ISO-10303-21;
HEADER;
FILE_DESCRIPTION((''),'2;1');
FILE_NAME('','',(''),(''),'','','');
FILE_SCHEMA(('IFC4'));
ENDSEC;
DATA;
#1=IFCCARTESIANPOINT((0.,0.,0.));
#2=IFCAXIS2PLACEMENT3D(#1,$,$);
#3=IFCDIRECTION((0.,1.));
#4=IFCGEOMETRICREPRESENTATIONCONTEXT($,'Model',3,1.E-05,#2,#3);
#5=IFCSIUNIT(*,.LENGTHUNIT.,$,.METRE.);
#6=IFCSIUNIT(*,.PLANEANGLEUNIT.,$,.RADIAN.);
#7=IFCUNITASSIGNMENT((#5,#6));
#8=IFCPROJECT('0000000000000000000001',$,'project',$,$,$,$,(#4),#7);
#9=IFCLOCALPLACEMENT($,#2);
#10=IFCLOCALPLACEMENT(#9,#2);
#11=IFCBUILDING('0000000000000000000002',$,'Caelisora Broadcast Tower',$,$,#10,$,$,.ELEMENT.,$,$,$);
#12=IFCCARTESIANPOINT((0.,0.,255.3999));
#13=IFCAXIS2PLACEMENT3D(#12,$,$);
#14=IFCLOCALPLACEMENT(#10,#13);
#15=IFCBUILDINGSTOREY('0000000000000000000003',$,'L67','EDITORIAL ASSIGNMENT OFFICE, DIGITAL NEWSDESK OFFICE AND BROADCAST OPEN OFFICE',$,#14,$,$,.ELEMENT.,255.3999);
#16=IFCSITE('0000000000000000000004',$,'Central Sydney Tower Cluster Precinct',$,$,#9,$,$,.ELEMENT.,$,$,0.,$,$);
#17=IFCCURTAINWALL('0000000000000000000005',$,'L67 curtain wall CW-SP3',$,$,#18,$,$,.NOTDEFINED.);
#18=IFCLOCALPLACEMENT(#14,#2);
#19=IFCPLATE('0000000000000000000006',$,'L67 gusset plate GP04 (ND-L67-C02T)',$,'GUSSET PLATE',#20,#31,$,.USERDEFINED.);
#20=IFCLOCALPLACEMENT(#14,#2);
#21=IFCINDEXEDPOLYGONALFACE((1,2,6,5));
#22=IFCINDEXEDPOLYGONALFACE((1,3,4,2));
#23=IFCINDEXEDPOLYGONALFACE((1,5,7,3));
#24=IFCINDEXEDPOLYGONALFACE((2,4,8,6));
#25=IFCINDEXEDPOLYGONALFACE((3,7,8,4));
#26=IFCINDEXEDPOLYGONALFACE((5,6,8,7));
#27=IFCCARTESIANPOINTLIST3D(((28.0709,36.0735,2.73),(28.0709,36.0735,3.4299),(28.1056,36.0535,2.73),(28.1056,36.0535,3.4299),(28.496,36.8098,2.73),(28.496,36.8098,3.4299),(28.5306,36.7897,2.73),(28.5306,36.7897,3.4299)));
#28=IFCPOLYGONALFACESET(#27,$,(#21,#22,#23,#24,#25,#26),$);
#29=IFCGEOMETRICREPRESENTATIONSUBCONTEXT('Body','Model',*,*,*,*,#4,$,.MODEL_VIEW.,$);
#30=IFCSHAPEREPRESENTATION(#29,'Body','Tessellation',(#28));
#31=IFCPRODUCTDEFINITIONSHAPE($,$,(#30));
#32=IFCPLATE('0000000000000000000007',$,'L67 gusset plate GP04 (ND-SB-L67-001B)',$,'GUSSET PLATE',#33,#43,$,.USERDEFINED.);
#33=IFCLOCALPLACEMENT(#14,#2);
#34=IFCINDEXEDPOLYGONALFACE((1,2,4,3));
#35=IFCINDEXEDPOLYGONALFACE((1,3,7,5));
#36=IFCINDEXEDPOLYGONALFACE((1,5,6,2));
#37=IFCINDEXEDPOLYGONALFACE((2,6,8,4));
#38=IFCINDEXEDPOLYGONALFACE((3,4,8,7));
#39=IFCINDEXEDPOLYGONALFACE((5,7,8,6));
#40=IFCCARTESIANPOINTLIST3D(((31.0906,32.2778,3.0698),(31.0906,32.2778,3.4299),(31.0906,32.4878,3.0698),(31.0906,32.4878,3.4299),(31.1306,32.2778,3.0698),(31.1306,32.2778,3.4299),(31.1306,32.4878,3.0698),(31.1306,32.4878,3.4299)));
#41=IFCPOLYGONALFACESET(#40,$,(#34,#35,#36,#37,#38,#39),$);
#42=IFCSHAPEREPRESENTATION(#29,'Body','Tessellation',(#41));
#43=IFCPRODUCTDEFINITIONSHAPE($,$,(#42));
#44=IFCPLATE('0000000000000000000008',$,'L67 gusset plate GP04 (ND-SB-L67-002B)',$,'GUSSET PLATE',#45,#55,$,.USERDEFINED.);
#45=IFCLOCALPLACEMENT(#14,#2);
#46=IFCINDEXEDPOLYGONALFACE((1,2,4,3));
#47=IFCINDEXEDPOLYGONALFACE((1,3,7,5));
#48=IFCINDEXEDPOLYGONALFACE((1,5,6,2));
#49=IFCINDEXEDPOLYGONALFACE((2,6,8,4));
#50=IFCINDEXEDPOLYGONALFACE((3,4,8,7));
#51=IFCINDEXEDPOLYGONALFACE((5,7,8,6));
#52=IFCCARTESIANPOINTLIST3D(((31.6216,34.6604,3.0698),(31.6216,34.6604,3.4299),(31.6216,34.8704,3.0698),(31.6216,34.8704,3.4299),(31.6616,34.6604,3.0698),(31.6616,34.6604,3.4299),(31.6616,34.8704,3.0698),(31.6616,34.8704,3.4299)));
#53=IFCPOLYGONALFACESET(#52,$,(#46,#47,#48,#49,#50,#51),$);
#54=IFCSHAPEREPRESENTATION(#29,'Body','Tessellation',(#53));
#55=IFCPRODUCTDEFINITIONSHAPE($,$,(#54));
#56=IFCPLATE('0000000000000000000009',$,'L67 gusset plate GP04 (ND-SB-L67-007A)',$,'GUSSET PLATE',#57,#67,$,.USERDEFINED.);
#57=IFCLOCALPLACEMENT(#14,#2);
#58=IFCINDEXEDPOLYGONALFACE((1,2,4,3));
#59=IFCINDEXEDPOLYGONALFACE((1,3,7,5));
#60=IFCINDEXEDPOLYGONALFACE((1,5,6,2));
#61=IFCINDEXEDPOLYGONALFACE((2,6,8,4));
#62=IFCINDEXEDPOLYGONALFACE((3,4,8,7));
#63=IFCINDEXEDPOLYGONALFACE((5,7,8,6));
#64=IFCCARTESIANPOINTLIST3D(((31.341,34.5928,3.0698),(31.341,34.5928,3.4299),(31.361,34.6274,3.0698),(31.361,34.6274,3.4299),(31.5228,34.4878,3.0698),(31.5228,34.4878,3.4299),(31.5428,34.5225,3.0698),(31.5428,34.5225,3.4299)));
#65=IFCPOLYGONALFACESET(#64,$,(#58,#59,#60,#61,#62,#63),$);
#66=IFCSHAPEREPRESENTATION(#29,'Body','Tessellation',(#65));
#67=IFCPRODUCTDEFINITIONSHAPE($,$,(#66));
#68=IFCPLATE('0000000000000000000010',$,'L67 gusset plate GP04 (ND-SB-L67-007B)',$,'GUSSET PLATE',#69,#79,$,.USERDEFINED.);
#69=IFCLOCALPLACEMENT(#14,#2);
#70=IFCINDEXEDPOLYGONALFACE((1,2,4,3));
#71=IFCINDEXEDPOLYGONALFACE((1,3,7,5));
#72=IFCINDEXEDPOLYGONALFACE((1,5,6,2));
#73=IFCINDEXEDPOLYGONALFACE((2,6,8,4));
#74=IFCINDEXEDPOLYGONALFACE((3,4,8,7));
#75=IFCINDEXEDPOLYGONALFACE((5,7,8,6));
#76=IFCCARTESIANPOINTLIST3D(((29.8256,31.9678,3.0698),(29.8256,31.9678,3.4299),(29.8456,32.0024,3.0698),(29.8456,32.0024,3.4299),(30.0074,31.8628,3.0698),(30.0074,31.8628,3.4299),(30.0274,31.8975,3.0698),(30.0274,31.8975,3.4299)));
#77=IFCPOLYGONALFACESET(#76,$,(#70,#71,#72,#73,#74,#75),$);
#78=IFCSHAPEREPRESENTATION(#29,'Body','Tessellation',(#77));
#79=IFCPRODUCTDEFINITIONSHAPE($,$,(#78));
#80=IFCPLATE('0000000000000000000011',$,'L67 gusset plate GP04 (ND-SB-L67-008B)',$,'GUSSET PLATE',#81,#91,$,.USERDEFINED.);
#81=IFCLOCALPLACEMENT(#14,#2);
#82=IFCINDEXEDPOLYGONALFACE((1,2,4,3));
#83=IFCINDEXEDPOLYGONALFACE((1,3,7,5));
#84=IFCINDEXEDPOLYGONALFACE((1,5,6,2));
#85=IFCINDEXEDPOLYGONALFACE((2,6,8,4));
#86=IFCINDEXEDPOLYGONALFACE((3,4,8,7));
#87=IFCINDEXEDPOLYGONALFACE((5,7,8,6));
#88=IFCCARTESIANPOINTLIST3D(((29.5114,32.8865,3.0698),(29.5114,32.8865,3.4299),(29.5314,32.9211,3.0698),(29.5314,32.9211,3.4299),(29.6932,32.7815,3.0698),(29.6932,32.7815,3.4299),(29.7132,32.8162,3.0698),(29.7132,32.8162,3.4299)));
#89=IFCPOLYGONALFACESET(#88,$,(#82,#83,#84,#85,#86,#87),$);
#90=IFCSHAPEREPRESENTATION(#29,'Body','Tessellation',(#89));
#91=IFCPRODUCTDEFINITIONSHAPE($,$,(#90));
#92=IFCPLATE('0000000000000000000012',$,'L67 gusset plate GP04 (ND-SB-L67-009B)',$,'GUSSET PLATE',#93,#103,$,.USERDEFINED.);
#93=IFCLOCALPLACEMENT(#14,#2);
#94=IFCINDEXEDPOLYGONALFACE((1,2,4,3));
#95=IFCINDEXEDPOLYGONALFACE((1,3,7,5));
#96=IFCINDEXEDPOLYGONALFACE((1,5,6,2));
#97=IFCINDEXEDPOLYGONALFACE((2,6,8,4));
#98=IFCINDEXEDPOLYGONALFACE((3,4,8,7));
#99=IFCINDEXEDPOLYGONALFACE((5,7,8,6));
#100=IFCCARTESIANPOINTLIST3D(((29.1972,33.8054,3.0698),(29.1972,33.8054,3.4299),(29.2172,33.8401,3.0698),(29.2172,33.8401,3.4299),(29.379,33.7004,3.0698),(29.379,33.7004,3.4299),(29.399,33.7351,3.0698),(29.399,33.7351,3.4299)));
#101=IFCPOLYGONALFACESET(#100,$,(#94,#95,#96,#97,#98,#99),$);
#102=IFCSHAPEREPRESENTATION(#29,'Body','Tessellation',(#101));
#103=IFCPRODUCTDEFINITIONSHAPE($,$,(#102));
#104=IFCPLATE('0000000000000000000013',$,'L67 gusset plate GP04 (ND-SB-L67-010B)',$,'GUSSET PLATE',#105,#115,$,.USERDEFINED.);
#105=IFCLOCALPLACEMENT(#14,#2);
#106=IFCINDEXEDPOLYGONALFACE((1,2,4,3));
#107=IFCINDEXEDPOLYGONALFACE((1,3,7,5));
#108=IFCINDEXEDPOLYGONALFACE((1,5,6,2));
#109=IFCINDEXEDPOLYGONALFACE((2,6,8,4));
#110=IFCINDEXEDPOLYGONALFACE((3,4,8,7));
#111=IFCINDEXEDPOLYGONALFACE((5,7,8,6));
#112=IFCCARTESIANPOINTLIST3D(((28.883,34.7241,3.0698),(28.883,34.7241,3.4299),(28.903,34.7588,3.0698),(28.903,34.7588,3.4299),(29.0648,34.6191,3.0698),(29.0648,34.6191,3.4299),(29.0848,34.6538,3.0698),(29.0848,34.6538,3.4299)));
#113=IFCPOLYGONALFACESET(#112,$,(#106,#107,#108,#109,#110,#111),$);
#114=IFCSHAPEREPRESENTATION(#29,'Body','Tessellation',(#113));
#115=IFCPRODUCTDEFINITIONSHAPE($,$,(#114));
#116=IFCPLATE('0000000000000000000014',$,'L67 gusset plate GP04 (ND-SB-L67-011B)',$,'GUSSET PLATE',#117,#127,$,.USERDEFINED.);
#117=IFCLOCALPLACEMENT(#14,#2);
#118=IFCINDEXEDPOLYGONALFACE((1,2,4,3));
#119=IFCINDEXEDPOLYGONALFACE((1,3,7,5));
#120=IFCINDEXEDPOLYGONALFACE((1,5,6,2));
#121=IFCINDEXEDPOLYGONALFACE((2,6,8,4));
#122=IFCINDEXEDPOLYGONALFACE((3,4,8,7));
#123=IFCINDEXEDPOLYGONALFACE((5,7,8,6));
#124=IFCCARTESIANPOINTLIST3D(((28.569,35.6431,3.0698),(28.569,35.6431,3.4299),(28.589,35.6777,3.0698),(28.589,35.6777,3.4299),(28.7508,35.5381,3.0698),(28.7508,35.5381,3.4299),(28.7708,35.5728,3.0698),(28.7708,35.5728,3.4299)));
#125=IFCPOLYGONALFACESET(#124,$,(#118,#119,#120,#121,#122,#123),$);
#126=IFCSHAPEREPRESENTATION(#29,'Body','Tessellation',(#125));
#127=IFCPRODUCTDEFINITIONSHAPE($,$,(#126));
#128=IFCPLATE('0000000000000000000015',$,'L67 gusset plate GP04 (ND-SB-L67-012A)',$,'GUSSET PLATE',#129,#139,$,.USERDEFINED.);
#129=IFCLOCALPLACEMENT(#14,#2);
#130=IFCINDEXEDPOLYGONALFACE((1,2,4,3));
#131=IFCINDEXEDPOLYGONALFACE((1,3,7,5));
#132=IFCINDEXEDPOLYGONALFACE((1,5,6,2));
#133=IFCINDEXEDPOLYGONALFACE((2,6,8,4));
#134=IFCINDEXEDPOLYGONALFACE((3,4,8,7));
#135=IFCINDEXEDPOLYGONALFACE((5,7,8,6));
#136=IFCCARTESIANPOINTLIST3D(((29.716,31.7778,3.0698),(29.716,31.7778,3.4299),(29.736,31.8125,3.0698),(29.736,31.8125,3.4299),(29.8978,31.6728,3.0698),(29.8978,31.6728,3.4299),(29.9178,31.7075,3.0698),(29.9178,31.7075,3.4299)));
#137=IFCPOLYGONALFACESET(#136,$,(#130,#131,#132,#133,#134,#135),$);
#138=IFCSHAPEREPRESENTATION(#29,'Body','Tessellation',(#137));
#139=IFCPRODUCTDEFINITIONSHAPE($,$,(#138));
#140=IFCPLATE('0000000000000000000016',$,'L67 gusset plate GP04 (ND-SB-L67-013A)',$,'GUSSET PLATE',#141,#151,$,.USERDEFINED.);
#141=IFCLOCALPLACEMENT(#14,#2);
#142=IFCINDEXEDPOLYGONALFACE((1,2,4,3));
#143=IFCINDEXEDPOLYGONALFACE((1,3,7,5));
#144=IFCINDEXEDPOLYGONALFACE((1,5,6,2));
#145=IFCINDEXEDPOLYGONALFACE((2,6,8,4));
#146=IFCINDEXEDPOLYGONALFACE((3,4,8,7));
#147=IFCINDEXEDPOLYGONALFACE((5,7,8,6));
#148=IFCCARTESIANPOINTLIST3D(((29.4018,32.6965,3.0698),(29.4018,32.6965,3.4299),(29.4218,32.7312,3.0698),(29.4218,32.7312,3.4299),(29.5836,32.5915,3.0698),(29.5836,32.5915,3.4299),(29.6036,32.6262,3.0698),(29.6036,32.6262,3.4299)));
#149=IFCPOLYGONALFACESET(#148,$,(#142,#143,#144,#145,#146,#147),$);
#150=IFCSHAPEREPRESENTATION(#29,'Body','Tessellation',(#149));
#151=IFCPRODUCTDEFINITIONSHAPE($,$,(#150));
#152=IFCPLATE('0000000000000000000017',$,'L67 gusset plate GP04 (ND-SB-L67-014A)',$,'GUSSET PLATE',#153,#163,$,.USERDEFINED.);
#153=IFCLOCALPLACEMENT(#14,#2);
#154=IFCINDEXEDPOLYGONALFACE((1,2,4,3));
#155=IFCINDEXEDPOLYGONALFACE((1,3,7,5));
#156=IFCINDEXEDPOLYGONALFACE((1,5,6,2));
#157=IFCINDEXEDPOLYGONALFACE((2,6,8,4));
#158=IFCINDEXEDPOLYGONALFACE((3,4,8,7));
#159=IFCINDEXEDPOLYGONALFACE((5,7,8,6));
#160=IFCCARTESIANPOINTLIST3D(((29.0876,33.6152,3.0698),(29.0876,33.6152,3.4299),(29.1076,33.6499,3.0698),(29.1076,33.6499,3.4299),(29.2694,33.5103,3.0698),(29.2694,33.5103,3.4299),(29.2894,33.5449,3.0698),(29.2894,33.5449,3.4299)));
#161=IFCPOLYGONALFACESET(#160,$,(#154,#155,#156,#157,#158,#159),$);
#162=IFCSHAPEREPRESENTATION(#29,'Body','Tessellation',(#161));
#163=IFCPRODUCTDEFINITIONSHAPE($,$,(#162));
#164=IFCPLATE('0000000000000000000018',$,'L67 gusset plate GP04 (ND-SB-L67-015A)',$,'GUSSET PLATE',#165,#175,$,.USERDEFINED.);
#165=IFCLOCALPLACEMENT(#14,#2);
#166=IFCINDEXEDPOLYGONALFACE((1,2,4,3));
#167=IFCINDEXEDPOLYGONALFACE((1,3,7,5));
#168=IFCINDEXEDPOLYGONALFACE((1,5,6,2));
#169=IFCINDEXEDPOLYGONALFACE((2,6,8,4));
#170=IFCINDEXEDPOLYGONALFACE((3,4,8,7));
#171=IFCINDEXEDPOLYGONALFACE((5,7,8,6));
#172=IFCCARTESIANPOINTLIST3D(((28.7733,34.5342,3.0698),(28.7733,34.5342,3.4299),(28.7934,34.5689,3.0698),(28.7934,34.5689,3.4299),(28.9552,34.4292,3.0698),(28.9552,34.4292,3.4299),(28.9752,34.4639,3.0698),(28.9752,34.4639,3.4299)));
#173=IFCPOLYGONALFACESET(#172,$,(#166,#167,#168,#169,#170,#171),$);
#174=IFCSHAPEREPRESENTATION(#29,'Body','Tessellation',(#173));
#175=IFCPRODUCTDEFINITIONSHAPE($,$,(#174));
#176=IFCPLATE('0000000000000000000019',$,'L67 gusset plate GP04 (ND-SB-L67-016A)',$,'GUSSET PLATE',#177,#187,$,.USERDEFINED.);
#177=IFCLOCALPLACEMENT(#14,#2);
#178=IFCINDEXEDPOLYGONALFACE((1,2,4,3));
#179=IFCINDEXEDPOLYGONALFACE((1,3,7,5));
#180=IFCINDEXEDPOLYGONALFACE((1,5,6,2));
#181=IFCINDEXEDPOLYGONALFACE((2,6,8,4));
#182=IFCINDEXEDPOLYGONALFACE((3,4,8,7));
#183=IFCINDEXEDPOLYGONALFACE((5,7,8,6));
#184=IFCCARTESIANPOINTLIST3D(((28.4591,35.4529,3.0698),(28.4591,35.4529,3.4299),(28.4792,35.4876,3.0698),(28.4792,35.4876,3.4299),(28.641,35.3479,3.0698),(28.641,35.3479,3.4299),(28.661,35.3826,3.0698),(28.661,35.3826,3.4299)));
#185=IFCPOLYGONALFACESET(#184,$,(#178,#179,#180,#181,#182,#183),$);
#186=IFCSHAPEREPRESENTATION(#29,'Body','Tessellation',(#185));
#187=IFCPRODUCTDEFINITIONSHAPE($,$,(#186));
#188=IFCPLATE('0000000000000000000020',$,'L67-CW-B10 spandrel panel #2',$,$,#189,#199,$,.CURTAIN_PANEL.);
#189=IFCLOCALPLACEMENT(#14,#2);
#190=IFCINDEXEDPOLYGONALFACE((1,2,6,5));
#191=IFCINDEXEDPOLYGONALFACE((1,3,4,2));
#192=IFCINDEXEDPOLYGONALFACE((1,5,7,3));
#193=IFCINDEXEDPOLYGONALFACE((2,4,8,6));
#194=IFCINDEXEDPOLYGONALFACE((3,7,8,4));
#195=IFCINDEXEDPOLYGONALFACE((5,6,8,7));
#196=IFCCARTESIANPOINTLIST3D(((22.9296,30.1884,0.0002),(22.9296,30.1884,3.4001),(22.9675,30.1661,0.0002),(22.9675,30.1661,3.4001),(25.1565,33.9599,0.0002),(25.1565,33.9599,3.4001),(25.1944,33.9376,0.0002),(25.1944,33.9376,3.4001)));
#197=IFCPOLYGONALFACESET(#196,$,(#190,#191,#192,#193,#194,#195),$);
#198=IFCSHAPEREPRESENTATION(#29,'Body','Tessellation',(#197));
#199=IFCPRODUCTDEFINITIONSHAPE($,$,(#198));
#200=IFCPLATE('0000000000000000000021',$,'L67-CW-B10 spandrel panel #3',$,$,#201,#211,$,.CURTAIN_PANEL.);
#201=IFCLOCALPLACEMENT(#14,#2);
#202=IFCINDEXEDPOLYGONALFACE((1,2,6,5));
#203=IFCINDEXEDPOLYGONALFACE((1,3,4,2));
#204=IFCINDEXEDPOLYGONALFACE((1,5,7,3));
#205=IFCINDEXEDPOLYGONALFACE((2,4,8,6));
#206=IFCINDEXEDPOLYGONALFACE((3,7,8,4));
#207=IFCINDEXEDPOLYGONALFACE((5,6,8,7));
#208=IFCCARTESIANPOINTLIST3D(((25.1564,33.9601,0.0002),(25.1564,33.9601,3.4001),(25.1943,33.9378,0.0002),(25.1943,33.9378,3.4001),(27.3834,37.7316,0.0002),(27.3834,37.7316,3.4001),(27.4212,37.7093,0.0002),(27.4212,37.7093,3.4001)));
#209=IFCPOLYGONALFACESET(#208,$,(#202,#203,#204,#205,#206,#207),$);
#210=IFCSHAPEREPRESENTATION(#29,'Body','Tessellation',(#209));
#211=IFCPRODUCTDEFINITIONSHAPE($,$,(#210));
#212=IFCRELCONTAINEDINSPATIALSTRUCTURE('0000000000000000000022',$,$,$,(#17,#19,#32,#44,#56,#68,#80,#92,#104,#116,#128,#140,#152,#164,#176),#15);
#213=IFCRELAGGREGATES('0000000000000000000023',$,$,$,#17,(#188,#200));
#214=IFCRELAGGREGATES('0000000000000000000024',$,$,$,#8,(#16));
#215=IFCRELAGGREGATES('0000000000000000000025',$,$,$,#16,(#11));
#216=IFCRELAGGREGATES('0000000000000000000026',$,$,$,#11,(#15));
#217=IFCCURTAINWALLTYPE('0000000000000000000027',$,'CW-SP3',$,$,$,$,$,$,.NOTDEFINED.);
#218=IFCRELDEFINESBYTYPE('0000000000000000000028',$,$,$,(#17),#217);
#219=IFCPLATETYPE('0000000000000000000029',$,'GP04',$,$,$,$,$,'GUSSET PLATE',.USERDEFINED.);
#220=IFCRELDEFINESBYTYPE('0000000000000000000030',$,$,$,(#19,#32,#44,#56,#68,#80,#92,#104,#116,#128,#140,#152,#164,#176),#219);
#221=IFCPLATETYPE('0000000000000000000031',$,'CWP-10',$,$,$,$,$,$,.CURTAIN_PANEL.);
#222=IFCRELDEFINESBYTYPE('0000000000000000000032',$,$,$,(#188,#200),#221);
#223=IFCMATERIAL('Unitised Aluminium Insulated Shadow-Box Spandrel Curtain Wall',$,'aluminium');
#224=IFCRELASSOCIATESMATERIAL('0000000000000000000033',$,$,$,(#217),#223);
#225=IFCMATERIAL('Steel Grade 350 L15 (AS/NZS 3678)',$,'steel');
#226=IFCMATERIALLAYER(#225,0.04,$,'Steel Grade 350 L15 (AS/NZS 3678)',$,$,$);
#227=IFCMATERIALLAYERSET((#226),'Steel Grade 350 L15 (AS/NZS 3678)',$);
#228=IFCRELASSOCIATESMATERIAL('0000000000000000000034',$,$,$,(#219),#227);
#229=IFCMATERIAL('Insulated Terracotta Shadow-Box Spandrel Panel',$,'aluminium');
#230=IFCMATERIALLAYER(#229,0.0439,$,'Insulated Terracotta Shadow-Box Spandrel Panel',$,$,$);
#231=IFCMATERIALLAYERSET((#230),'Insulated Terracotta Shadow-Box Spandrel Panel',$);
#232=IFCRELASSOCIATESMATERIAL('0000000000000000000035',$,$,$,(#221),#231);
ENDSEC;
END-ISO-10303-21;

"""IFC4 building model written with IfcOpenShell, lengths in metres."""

from ifc_helpers import new_model, si_unit, direction, frame, origin, origin_2d, place, context, subcontext, project, spatial, rectangle, extrude, source, transform, mapped, material, layer, layer_set, type_object, type_shapes, element, aggregate, save


model = new_model("IFC4")

# Units and contexts
model_context = context("Model", 3, precision=1e-05, world=origin(), true_north=direction((0.0, 1.0)))
body_context = subcontext(model_context, "Body", "Model", "MODEL_VIEW")
ifc_project = project(units=[si_unit("LENGTHUNIT", "METRE"), si_unit("PLANEANGLEUNIT", "RADIAN")], contexts=[model_context])

# Site, building, storey
site_placement = place(None, origin())
site = spatial("IfcSite", under=ifc_project, at=site_placement, Name="Central Sydney Tower Cluster Precinct", CompositionType="ELEMENT", RefElevation=0.0)
building_placement = place(site_placement, origin())
building = spatial("IfcBuilding", under=site, at=building_placement, Name="Caelisora Broadcast Tower", CompositionType="ELEMENT")
storey_placement = place(building_placement, frame((0.0, 0.0, 255.3999)))
storey = spatial("IfcBuildingStorey", under=building, at=storey_placement, Name="L67", Description="EDITORIAL ASSIGNMENT OFFICE, DIGITAL NEWSDESK OFFICE AND BROADCAST OPEN OFFICE", CompositionType="ELEMENT", Elevation=255.3999)

# Curtain wall
ifc_material_1 = material(Name="Unitised Aluminium Insulated Shadow-Box Spandrel Curtain Wall", Category="aluminium")
curtain_wall_type = type_object("IfcCurtainWallType", Name="CW-SP3", PredefinedType="NOTDEFINED", material=ifc_material_1)
curtain_wall_placement = place(storey_placement, origin())
curtain_wall = element("IfcCurtainWall", 1, at=curtain_wall_placement, inside=storey, type_object=curtain_wall_type, Name="L67 curtain wall CW-SP3", PredefinedType="NOTDEFINED")

# Plates
ifc_material_2 = material(Name="Steel Grade 350 L15 (AS/NZS 3678)", Category="steel")
ifc_layer_1 = layer(ifc_material_2, 0.04, Name="Steel Grade 350 L15 (AS/NZS 3678)")
ifc_layer_set_1 = layer_set([ifc_layer_1], Name="Steel Grade 350 L15 (AS/NZS 3678)")
plate_type_1 = type_object("IfcPlateType", Name="GP04", ElementType="GUSSET PLATE", PredefinedType="USERDEFINED", material=ifc_layer_set_1)
shared_shape_1 = source(origin(), body_context, "Body", "SweptSolid", [
    extrude(rectangle(XDim=0.8501, YDim=0.04, at=origin_2d()), origin(), (0.0, 0.0, 1.0), 0.7),
])
plate_1_placement = place(storey_placement, frame((28.3008, 36.4316, 2.73), z_axis=(0.0, 0.0, 1.0), x_axis=(-0.5, -0.866025, 0.0)))
element("IfcPlate", 2, at=plate_1_placement, inside=storey, type_object=plate_type_1, Name="L67 gusset plate GP04 (ND-L67-C02T)", ObjectType="GUSSET PLATE", PredefinedType="USERDEFINED", context=body_context, shape_type="MappedRepresentation", body=[
    mapped(shared_shape_1, transform((0.0, 0.0, 0.0), scale=1.0)),
])
shared_shape_2 = source(origin(), body_context, "Body", "SweptSolid", [
    extrude(rectangle(XDim=0.21, YDim=0.04, at=origin_2d()), origin(), (0.0, 0.0, 1.0), 0.3601),
])
type_shapes(plate_type_1, [shared_shape_1, shared_shape_2])
for number, where, z_axis, x_axis, name in (
    (3, (31.1106, 32.3828, 3.0698), (0.0, 0.0, 1.0), (0.0, -1.0, 0.0), "L67 gusset plate GP04 (ND-SB-L67-001B)"),
    (4, (31.6416, 34.7654, 3.0698), (0.0, 0.0, 1.0), (0.0, -1.0, 0.0), "L67 gusset plate GP04 (ND-SB-L67-002B)"),
    (5, (31.4419, 34.5576, 3.0698), (0.0, 0.0, 1.0), (0.866025, -0.5, 0.0), "L67 gusset plate GP04 (ND-SB-L67-007A)"),
    (6, (29.9265, 31.9326, 3.0698), (0.0, 0.0, 1.0), (0.866025, -0.5, 0.0), "L67 gusset plate GP04 (ND-SB-L67-007B)"),
    (7, (29.6123, 32.8513, 3.0698), (0.0, 0.0, 1.0), (0.866025, -0.5, 0.0), "L67 gusset plate GP04 (ND-SB-L67-008B)"),
    (8, (29.2981, 33.7703, 3.0698), (0.0, 0.0, 1.0), (0.866025, -0.5, 0.0), "L67 gusset plate GP04 (ND-SB-L67-009B)"),
    (9, (28.9839, 34.689, 3.0698), (0.0, 0.0, 1.0), (0.866025, -0.5, 0.0), "L67 gusset plate GP04 (ND-SB-L67-010B)"),
    (10, (28.6699, 35.6079, 3.0698), (0.0, 0.0, 1.0), (0.866025, -0.5, 0.0), "L67 gusset plate GP04 (ND-SB-L67-011B)"),
    (11, (29.8169, 31.7427, 3.0698), (0.0, 0.0, 1.0), (0.866025, -0.5, 0.0), "L67 gusset plate GP04 (ND-SB-L67-012A)"),
    (12, (29.5027, 32.6614, 3.0698), (0.0, 0.0, 1.0), (0.866025, -0.5, 0.0), "L67 gusset plate GP04 (ND-SB-L67-013A)"),
    (13, (29.1885, 33.5801, 3.0698), (0.0, 0.0, 1.0), (0.866025, -0.5, 0.0), "L67 gusset plate GP04 (ND-SB-L67-014A)"),
    (14, (28.8743, 34.499, 3.0698), (0.0, 0.0, 1.0), (0.866025, -0.5, 0.0), "L67 gusset plate GP04 (ND-SB-L67-015A)"),
    (15, (28.5601, 35.4177, 3.0698), (0.0, 0.0, 1.0), (0.866025, -0.5, 0.0), "L67 gusset plate GP04 (ND-SB-L67-016A)"),
):
    element("IfcPlate", number, at=place(storey_placement, frame(where, z_axis=z_axis, x_axis=x_axis)), inside=storey, type_object=plate_type_1, Name=name, ObjectType="GUSSET PLATE", PredefinedType="USERDEFINED", context=body_context, shape_type="MappedRepresentation", body=[
        mapped(shared_shape_2, transform((0.0, 0.0, 0.0), scale=1.0)),
    ])

# Plates
ifc_material_3 = material(Name="Insulated Terracotta Shadow-Box Spandrel Panel", Category="aluminium")
ifc_layer_2 = layer(ifc_material_3, 0.0439, Name="Insulated Terracotta Shadow-Box Spandrel Panel")
ifc_layer_set_2 = layer_set([ifc_layer_2], Name="Insulated Terracotta Shadow-Box Spandrel Panel")
plate_type_2 = type_object("IfcPlateType", Name="CWP-10", PredefinedType="CURTAIN_PANEL", material=ifc_layer_set_2)
shared_shape_3 = source(origin(), body_context, "Body", "SweptSolid", [
    extrude(rectangle(XDim=4.3799, YDim=0.0439, at=origin_2d()), origin(), (0.0, 0.0, 1.0), 3.3999),
])
type_shapes(plate_type_2, [shared_shape_3])
plate_2_placement = place(storey_placement, frame((24.062, 32.063, 0.0002), z_axis=(0.0, 0.0, 1.0), x_axis=(0.50844, 0.861097, 0.0)))
plate_2 = element("IfcPlate", 16, at=plate_2_placement, type_object=plate_type_2, Name="L67-CW-B10 spandrel panel #2", PredefinedType="CURTAIN_PANEL", context=body_context, shape_type="MappedRepresentation", body=[
    mapped(shared_shape_3, transform((0.0, 0.0, 0.0), scale=1.0)),
])
plate_3_placement = place(storey_placement, frame((26.2888, 35.8347, 0.0002), z_axis=(0.0, 0.0, 1.0), x_axis=(0.50844, 0.861097, 0.0)))
plate_3 = element("IfcPlate", 17, at=plate_3_placement, type_object=plate_type_2, Name="L67-CW-B10 spandrel panel #3", PredefinedType="CURTAIN_PANEL", context=body_context, shape_type="MappedRepresentation", body=[
    mapped(shared_shape_3, transform((0.0, 0.0, 0.0), scale=1.0)),
])
aggregate(curtain_wall, [plate_2, plate_3])

save(model, "model.ifc")
